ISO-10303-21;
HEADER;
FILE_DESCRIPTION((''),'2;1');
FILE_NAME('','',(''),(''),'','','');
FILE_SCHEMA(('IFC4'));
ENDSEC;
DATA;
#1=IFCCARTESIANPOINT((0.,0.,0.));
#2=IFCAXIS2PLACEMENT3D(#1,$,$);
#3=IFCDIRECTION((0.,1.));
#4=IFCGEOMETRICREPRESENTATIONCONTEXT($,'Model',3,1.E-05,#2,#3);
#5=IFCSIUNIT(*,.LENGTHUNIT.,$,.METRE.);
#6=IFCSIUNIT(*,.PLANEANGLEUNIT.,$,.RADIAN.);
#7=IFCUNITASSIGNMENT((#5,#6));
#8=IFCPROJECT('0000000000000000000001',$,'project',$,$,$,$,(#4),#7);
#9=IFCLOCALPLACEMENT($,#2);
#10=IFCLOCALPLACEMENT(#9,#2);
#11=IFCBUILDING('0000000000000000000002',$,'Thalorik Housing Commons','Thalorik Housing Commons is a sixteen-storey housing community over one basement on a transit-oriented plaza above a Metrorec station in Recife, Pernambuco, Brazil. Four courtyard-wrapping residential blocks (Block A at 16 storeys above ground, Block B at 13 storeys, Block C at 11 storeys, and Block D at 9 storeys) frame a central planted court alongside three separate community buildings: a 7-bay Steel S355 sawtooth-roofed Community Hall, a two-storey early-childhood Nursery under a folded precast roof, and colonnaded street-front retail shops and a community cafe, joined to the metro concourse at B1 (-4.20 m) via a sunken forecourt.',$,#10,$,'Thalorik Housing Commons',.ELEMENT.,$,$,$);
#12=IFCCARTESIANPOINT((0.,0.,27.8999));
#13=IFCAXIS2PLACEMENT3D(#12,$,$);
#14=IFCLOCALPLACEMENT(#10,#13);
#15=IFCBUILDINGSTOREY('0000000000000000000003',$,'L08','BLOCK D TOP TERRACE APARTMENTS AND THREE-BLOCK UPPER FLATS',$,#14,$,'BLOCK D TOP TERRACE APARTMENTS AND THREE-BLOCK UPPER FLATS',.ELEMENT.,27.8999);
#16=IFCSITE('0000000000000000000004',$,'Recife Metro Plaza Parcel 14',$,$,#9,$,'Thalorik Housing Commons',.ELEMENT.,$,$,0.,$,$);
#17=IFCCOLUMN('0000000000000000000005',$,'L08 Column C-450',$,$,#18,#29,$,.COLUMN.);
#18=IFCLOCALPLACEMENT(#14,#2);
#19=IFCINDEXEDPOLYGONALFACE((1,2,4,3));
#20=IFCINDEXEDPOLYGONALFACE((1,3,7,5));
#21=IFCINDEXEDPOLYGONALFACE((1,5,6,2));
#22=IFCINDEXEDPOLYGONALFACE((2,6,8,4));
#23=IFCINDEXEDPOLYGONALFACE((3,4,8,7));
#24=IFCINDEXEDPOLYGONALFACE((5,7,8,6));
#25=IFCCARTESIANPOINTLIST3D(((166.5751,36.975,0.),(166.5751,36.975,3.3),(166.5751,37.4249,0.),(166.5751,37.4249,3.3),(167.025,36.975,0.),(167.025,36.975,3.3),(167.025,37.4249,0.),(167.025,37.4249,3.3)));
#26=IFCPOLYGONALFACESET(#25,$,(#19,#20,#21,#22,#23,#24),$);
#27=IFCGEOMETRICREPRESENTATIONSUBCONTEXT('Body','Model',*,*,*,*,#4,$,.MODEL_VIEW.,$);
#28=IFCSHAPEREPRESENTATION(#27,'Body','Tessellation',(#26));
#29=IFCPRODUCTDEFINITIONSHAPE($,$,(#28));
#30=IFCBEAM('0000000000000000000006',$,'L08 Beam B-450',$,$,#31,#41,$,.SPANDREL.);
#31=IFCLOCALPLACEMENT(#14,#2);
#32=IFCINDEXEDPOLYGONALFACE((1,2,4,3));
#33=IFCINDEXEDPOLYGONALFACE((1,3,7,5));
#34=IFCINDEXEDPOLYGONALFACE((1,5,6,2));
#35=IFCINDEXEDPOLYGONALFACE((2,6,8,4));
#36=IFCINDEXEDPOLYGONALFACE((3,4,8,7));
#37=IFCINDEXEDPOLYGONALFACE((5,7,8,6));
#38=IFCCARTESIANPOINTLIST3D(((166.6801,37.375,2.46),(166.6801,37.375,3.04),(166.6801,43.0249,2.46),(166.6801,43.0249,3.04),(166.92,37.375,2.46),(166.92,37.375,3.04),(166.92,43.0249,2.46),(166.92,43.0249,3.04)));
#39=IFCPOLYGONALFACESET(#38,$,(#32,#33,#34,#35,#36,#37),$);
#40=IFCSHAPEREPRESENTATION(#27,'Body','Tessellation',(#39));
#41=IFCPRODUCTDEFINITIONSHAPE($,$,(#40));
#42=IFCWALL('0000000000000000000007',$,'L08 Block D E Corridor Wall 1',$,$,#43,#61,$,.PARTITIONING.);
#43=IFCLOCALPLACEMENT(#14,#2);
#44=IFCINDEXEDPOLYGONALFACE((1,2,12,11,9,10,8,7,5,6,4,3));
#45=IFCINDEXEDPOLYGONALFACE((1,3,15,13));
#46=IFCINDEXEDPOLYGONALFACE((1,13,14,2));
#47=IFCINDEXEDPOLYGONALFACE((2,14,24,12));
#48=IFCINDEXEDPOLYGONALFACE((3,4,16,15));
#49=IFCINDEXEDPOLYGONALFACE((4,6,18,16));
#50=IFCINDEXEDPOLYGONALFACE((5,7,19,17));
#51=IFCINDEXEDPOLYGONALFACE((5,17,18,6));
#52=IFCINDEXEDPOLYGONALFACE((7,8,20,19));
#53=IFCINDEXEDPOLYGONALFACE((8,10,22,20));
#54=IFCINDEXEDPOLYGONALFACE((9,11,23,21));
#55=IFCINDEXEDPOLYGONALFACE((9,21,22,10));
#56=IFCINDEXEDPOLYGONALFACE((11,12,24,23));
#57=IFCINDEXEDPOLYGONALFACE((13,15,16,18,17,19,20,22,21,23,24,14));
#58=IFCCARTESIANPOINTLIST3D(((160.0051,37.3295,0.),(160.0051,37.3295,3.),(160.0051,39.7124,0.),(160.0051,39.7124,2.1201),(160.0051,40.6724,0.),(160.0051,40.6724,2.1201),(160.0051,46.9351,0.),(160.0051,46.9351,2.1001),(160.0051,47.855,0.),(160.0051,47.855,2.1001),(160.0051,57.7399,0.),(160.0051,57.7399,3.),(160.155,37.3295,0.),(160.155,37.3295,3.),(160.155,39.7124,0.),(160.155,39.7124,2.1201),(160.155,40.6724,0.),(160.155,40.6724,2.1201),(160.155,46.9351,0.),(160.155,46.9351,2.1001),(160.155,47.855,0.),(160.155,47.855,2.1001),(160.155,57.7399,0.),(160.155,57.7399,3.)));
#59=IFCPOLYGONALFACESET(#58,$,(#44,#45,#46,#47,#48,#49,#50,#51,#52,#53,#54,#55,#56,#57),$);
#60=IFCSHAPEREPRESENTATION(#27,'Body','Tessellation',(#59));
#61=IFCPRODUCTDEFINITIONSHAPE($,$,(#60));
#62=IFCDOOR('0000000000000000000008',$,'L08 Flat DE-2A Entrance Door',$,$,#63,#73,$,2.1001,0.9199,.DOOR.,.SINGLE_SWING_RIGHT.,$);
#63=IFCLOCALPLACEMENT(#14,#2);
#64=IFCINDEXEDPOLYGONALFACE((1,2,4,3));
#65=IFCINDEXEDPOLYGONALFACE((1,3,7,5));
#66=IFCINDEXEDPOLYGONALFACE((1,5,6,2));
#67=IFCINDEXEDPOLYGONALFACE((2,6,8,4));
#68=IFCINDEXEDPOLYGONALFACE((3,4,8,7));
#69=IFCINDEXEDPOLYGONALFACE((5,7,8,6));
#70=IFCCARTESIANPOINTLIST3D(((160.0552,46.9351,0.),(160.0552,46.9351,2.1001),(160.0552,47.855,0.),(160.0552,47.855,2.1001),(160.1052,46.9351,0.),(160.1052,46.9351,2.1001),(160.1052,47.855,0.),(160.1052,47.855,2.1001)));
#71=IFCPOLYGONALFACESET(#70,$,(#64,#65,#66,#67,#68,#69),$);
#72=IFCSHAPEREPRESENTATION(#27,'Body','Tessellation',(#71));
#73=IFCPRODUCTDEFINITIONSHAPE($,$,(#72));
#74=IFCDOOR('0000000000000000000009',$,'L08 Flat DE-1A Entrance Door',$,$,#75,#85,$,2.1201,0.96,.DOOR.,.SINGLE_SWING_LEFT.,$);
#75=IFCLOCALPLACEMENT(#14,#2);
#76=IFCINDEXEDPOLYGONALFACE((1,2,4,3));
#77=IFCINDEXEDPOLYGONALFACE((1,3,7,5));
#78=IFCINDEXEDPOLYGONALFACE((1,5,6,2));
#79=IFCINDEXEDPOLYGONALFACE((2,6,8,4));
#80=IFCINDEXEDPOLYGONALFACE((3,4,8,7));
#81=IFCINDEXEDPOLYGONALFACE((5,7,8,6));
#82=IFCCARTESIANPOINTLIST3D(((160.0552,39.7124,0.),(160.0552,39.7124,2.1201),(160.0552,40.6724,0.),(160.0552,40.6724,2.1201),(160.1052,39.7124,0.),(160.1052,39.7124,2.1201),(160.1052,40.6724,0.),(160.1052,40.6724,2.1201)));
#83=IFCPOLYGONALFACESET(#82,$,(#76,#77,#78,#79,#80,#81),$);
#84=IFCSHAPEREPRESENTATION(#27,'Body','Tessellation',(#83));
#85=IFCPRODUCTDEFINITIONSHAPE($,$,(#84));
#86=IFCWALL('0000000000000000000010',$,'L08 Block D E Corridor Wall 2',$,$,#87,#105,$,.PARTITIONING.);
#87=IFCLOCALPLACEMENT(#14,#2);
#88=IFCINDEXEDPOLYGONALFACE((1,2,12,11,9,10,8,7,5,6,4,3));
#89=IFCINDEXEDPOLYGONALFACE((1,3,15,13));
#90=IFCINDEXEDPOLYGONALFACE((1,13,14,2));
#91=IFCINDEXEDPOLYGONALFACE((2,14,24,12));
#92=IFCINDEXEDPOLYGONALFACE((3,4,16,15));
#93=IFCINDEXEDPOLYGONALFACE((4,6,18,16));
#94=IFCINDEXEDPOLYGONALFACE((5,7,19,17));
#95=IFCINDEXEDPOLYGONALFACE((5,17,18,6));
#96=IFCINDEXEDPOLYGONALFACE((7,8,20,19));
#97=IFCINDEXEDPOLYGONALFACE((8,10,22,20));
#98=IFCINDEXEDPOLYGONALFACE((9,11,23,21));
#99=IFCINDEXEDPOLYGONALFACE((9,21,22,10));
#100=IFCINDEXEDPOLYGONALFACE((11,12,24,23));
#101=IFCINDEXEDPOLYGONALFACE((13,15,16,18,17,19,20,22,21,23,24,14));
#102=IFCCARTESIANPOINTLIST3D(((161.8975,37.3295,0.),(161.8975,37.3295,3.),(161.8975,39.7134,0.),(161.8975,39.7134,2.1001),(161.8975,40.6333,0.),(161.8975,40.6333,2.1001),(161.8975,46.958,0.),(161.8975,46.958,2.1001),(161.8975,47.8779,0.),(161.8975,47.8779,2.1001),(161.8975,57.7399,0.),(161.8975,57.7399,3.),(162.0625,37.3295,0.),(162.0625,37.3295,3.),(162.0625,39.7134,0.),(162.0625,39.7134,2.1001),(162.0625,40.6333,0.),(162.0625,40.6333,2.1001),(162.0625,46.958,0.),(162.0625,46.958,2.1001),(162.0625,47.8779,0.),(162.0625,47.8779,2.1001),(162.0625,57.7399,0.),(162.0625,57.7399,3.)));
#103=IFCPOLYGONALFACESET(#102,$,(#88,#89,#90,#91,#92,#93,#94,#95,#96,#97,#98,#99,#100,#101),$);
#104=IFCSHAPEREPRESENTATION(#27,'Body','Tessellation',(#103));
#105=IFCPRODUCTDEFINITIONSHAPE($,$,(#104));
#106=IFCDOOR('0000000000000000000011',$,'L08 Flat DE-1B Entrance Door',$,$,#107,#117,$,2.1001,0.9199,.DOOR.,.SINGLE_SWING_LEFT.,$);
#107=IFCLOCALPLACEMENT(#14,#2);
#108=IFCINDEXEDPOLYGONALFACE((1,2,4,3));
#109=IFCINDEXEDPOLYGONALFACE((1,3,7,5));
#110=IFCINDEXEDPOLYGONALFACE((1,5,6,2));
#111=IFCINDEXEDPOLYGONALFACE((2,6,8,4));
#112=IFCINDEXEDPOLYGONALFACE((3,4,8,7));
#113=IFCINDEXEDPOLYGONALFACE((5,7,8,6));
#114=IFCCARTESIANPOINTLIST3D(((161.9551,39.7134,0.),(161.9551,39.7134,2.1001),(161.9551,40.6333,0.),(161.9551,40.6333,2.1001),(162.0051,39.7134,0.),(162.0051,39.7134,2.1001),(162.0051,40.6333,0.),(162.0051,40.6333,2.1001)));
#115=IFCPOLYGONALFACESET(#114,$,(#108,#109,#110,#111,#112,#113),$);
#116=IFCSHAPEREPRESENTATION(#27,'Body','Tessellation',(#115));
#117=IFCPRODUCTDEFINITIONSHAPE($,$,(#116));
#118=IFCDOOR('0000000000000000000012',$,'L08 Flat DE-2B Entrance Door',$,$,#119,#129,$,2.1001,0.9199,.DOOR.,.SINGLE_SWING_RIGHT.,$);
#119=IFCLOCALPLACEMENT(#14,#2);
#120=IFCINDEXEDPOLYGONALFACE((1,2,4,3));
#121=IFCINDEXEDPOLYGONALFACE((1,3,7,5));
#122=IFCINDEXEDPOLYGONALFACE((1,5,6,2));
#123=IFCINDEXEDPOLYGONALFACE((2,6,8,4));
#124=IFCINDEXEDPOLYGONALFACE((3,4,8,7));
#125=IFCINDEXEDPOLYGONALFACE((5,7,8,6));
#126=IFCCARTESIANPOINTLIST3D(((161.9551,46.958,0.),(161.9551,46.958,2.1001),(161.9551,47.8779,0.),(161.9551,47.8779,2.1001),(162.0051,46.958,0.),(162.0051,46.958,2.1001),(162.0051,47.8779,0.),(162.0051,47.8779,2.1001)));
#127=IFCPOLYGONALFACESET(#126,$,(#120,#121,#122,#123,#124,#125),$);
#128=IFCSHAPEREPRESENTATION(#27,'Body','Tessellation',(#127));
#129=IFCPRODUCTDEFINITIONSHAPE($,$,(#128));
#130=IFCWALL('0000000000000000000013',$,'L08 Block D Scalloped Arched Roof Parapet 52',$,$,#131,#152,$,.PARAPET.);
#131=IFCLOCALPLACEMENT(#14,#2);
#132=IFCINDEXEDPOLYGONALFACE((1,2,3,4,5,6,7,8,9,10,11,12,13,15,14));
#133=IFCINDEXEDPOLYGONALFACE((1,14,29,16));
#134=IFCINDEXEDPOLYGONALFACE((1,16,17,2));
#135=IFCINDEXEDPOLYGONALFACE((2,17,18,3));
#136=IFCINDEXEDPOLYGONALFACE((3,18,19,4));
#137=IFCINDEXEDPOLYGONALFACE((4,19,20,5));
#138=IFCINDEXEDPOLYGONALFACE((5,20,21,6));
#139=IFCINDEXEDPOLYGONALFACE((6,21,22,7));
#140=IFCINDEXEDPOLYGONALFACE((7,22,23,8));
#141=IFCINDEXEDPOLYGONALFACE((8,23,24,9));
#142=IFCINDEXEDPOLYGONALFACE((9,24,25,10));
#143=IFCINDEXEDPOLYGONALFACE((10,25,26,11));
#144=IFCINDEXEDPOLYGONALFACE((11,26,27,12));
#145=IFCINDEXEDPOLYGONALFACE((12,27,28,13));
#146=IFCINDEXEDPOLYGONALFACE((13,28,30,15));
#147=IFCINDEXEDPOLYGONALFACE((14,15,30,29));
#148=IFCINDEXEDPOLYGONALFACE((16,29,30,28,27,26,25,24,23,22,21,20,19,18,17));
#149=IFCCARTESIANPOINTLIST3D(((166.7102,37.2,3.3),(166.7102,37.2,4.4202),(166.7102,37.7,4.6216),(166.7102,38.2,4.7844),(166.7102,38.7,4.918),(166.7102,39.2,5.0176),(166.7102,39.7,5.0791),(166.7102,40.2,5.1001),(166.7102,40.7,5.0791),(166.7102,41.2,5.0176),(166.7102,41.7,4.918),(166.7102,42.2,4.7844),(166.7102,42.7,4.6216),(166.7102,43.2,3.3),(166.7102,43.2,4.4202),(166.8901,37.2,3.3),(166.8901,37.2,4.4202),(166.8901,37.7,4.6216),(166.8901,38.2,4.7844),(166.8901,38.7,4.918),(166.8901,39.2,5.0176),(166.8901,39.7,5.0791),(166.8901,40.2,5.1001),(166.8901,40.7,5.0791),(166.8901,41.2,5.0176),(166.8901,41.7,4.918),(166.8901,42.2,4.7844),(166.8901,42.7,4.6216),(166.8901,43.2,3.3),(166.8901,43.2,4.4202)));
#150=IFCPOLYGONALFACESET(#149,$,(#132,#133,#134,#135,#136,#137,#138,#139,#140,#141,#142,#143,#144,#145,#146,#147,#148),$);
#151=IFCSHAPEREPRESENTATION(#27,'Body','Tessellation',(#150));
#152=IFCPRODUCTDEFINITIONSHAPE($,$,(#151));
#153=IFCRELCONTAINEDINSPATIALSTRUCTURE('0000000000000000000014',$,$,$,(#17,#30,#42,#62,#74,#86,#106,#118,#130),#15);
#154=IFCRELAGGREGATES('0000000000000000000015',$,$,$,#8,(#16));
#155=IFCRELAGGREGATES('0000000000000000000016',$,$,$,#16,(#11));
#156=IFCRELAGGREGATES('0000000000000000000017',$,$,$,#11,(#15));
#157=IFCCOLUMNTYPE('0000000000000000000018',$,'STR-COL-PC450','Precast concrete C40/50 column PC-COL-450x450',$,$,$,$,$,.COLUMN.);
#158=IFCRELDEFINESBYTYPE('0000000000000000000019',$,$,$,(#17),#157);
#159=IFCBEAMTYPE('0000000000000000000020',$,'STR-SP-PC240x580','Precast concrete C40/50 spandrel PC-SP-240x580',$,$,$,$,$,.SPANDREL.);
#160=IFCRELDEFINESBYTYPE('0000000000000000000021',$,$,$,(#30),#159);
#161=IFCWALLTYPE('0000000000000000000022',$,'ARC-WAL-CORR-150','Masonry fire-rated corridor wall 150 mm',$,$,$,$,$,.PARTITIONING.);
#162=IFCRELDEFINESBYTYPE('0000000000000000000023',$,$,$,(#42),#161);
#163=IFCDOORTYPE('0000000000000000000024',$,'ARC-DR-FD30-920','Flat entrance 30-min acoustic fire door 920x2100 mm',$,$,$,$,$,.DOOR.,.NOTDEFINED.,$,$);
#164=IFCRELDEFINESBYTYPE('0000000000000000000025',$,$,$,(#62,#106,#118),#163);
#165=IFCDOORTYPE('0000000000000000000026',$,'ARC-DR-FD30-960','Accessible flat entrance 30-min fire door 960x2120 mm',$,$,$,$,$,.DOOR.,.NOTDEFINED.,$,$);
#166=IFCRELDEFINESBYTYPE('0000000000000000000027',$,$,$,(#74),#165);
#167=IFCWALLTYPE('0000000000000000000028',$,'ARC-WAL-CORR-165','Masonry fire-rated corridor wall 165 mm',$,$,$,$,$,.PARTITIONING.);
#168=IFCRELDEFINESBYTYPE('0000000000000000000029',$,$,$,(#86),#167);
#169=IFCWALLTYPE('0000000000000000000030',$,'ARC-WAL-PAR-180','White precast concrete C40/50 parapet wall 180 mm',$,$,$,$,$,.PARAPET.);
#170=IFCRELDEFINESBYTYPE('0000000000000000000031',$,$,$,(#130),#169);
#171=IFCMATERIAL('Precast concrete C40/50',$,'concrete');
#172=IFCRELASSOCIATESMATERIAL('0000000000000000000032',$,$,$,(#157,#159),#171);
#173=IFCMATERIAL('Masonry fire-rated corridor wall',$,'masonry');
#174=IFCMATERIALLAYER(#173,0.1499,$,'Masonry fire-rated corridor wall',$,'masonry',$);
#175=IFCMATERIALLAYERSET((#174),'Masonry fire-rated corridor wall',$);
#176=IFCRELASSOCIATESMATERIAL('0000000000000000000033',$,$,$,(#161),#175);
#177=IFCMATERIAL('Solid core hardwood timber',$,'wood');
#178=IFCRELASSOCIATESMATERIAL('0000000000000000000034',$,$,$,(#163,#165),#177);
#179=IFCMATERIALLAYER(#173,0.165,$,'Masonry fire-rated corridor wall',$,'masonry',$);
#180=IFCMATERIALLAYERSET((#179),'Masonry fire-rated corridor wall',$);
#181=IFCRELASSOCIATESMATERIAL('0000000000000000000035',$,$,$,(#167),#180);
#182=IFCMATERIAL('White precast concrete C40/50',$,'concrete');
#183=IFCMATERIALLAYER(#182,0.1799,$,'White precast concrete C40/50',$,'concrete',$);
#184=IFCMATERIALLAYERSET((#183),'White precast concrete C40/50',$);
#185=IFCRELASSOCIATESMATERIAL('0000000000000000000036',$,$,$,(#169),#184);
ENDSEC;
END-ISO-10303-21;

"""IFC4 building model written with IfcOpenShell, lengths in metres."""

from ifc_helpers import new_model, si_unit, direction, frame, frame_2d, origin, origin_2d, place, context, subcontext, project, spatial, polyline, rectangle, outline, extrude, material, layer, layer_set, material_profile, profile_set, type_object, element, fill, save


model = new_model("IFC4")

# Units and contexts
model_context = context("Model", 3, precision=1e-05, world=origin(), true_north=direction((0.0, 1.0)))
body_context = subcontext(model_context, "Body", "Model", "MODEL_VIEW")
ifc_project = project(units=[si_unit("LENGTHUNIT", "METRE"), si_unit("PLANEANGLEUNIT", "RADIAN")], contexts=[model_context])

# Site, building, storey
site_placement = place(None, origin())
site = spatial("IfcSite", under=ifc_project, at=site_placement, Name="Recife Metro Plaza Parcel 14", LongName="Thalorik Housing Commons", CompositionType="ELEMENT", RefElevation=0.0)
building_placement = place(site_placement, origin())
building = spatial("IfcBuilding", under=site, at=building_placement, Name="Thalorik Housing Commons", Description="Thalorik Housing Commons is a sixteen-storey housing community over one basement on a transit-oriented plaza above a Metrorec station in Recife, Pernambuco, Brazil. Four courtyard-wrapping residential blocks (Block A at 16 storeys above ground, Block B at 13 storeys, Block C at 11 storeys, and Block D at 9 storeys) frame a central planted court alongside three separate community buildings: a 7-bay Steel S355 sawtooth-roofed Community Hall, a two-storey early-childhood Nursery under a folded precast roof, and colonnaded street-front retail shops and a community cafe, joined to the metro concourse at B1 (-4.20 m) via a sunken forecourt.", LongName="Thalorik Housing Commons", CompositionType="ELEMENT")
storey_placement = place(building_placement, frame((0.0, 0.0, 27.8999)))
storey = spatial("IfcBuildingStorey", under=building, at=storey_placement, Name="L08", Description="BLOCK D TOP TERRACE APARTMENTS AND THREE-BLOCK UPPER FLATS", LongName="BLOCK D TOP TERRACE APARTMENTS AND THREE-BLOCK UPPER FLATS", CompositionType="ELEMENT", Elevation=27.8999)

# Column
ifc_material_1 = material(Name="Precast concrete C40/50", Category="concrete")
ifc_material_profile_1 = material_profile(ifc_material_1, rectangle(XDim=0.45, YDim=0.45, at=origin_2d()), Name="PC 450x450", Category="concrete")
ifc_profile_set_1 = profile_set([ifc_material_profile_1], Name="Precast concrete C40/50")
column_type = type_object("IfcColumnType", Name="STR-COL-PC450", Description="Precast concrete C40/50 column PC-COL-450x450", PredefinedType="COLUMN", material=ifc_profile_set_1)
column_placement = place(storey_placement, frame((166.8, 37.2, 0.0), z_axis=(0.0, 0.0, 1.0), x_axis=(1.0, 0.0, 0.0)))
element("IfcColumn", 1, at=column_placement, inside=storey, type_object=column_type, Name="L08 Column C-450", PredefinedType="COLUMN", context=body_context, shape_type="SweptSolid", body=[
    extrude(rectangle(XDim=0.45, YDim=0.45, at=origin_2d()), origin(), (0.0, 0.0, 1.0), 3.3),
])

# Beam
ifc_material_profile_2 = material_profile(ifc_material_1, rectangle(XDim=0.24, YDim=0.5801, at=origin_2d()), Name="PC SP 240x580", Category="concrete")
ifc_profile_set_2 = profile_set([ifc_material_profile_2], Name="Precast concrete C40/50")
beam_type = type_object("IfcBeamType", Name="STR-SP-PC240x580", Description="Precast concrete C40/50 spandrel PC-SP-240x580", PredefinedType="SPANDREL", material=ifc_profile_set_2)
beam_placement = place(storey_placement, frame((166.8, 37.375, 2.75), z_axis=(0.0, 1.0, 0.0), x_axis=(-1.0, 0.0, 0.0)))
element("IfcBeam", 2, at=beam_placement, inside=storey, type_object=beam_type, Name="L08 Beam B-450", PredefinedType="SPANDREL", context=body_context, shape_type="SweptSolid", body=[
    extrude(rectangle(XDim=0.24, YDim=0.5801, at=origin_2d()), origin(), (0.0, 0.0, 1.0), 5.6499),
])

# Walls, openings, doors
ifc_material_2 = material(Name="Masonry fire-rated corridor wall", Category="masonry")
ifc_layer_1 = layer(ifc_material_2, 0.1499, Name="Masonry fire-rated corridor wall", Category="masonry")
ifc_layer_set_1 = layer_set([ifc_layer_1], Name="Masonry fire-rated corridor wall")
wall_type_1 = type_object("IfcWallType", Name="ARC-WAL-CORR-150", Description="Masonry fire-rated corridor wall 150 mm", PredefinedType="PARTITIONING", material=ifc_layer_set_1)
wall_1_placement = place(storey_placement, frame((160.0801, 37.3296, 0.0), z_axis=(0.0, 0.0, 1.0), x_axis=(0.0, 1.0, 0.0)))
wall_1 = element("IfcWall", 3, at=wall_1_placement, inside=storey, type_object=wall_type_1, Name="L08 Block D E Corridor Wall 1", PredefinedType="PARTITIONING", context=body_context, shape_type="SweptSolid", body=[
    extrude(rectangle(XDim=20.4104, YDim=0.1499, at=frame_2d((10.2051, 0.0))), origin(), (0.0, 0.0, 1.0), 3.0),
])
opening_1_placement = place(wall_1_placement, frame((2.3828, 0.0, 0.0)))
opening_1 = element("IfcOpeningElement", 4, at=opening_1_placement, cuts=wall_1, PredefinedType="OPENING", context=body_context, shape_type="SweptSolid", body=[
    extrude(rectangle(XDim=0.96, YDim=2.1201, at=frame_2d((0.48, 1.0601))), frame((0.0, 0.085, 0.0), z_axis=(0.0, -1.0, 0.0), x_axis=(1.0, 0.0, 0.0)), (0.0, 0.0, 1.0), 0.1699),
])
opening_2_placement = place(wall_1_placement, frame((9.6055, 0.0, 0.0)))
opening_2 = element("IfcOpeningElement", 5, at=opening_2_placement, cuts=wall_1, PredefinedType="OPENING", context=body_context, shape_type="SweptSolid", body=[
    extrude(rectangle(XDim=0.9199, YDim=2.1001, at=frame_2d((0.46, 1.05))), frame((0.0, 0.085, 0.0), z_axis=(0.0, -1.0, 0.0), x_axis=(1.0, 0.0, 0.0)), (0.0, 0.0, 1.0), 0.1699),
])
ifc_material_3 = material(Name="Solid core hardwood timber", Category="wood")
door_type_1 = type_object("IfcDoorType", Name="ARC-DR-FD30-920", Description="Flat entrance 30-min acoustic fire door 920x2100 mm", OperationType="NOTDEFINED", PredefinedType="DOOR", material=ifc_material_3)
door_1_placement = place(opening_2_placement, origin())
door_1 = element("IfcDoor", 6, at=door_1_placement, inside=storey, type_object=door_type_1, Name="L08 Flat DE-2A Entrance Door", OperationType="SINGLE_SWING_RIGHT", OverallHeight=2.1001, OverallWidth=0.9199, PredefinedType="DOOR", context=body_context, shape_type="SweptSolid", body=[
    extrude(rectangle(XDim=0.9199, YDim=2.1001, at=frame_2d((0.46, 1.05))), frame((0.0, 0.0249, 0.0), z_axis=(0.0, -1.0, 0.0), x_axis=(1.0, 0.0, 0.0)), (0.0, 0.0, 1.0), 0.05),
])
fill(opening_2, door_1)
door_type_2 = type_object("IfcDoorType", Name="ARC-DR-FD30-960", Description="Accessible flat entrance 30-min fire door 960x2120 mm", OperationType="NOTDEFINED", PredefinedType="DOOR", material=ifc_material_3)
door_2_placement = place(opening_1_placement, origin())
door_2 = element("IfcDoor", 7, at=door_2_placement, inside=storey, type_object=door_type_2, Name="L08 Flat DE-1A Entrance Door", OperationType="SINGLE_SWING_LEFT", OverallHeight=2.1201, OverallWidth=0.96, PredefinedType="DOOR", context=body_context, shape_type="SweptSolid", body=[
    extrude(rectangle(XDim=0.96, YDim=2.1201, at=frame_2d((0.48, 1.0601))), frame((0.0, 0.0249, 0.0), z_axis=(0.0, -1.0, 0.0), x_axis=(1.0, 0.0, 0.0)), (0.0, 0.0, 1.0), 0.05),
])
fill(opening_1, door_2)
ifc_layer_2 = layer(ifc_material_2, 0.165, Name="Masonry fire-rated corridor wall", Category="masonry")
ifc_layer_set_2 = layer_set([ifc_layer_2], Name="Masonry fire-rated corridor wall")
wall_type_2 = type_object("IfcWallType", Name="ARC-WAL-CORR-165", Description="Masonry fire-rated corridor wall 165 mm", PredefinedType="PARTITIONING", material=ifc_layer_set_2)
wall_2_placement = place(storey_placement, frame((161.98, 37.3296, 0.0), z_axis=(0.0, 0.0, 1.0), x_axis=(0.0, 1.0, 0.0)))
wall_2 = element("IfcWall", 8, at=wall_2_placement, inside=storey, type_object=wall_type_2, Name="L08 Block D E Corridor Wall 2", PredefinedType="PARTITIONING", context=body_context, shape_type="SweptSolid", body=[
    extrude(rectangle(XDim=20.4104, YDim=0.165, at=frame_2d((10.2051, 0.0))), origin(), (0.0, 0.0, 1.0), 3.0),
])
opening_3_placement = place(wall_2_placement, frame((2.3838, 0.0, 0.0)))
opening_3 = element("IfcOpeningElement", 9, at=opening_3_placement, cuts=wall_2, PredefinedType="OPENING", context=body_context, shape_type="SweptSolid", body=[
    extrude(rectangle(XDim=0.9199, YDim=2.1001, at=frame_2d((0.46, 1.05))), frame((0.0, 0.0925, 0.0), z_axis=(0.0, -1.0, 0.0), x_axis=(1.0, 0.0, 0.0)), (0.0, 0.0, 1.0), 0.1851),
])
opening_4_placement = place(wall_2_placement, frame((9.6284, 0.0, 0.0)))
opening_4 = element("IfcOpeningElement", 10, at=opening_4_placement, cuts=wall_2, PredefinedType="OPENING", context=body_context, shape_type="SweptSolid", body=[
    extrude(rectangle(XDim=0.9199, YDim=2.1001, at=frame_2d((0.46, 1.05))), frame((0.0, 0.0925, 0.0), z_axis=(0.0, -1.0, 0.0), x_axis=(1.0, 0.0, 0.0)), (0.0, 0.0, 1.0), 0.1851),
])
door_3_placement = place(opening_3_placement, origin())
door_3 = element("IfcDoor", 11, at=door_3_placement, inside=storey, type_object=door_type_1, Name="L08 Flat DE-1B Entrance Door", OperationType="SINGLE_SWING_LEFT", OverallHeight=2.1001, OverallWidth=0.9199, PredefinedType="DOOR", context=body_context, shape_type="SweptSolid", body=[
    extrude(rectangle(XDim=0.9199, YDim=2.1001, at=frame_2d((0.46, 1.05))), frame((0.0, 0.0249, 0.0), z_axis=(0.0, -1.0, 0.0), x_axis=(1.0, 0.0, 0.0)), (0.0, 0.0, 1.0), 0.05),
])
fill(opening_3, door_3)
door_4_placement = place(opening_4_placement, origin())
door_4 = element("IfcDoor", 12, at=door_4_placement, inside=storey, type_object=door_type_1, Name="L08 Flat DE-2B Entrance Door", OperationType="SINGLE_SWING_RIGHT", OverallHeight=2.1001, OverallWidth=0.9199, PredefinedType="DOOR", context=body_context, shape_type="SweptSolid", body=[
    extrude(rectangle(XDim=0.9199, YDim=2.1001, at=frame_2d((0.46, 1.05))), frame((0.0, 0.0249, 0.0), z_axis=(0.0, -1.0, 0.0), x_axis=(1.0, 0.0, 0.0)), (0.0, 0.0, 1.0), 0.05),
])
fill(opening_4, door_4)

# Shared definitions
ifc_material_4 = material(Name="White precast concrete C40/50", Category="concrete")

# Wall
ifc_layer_3 = layer(ifc_material_4, 0.1799, Name="White precast concrete C40/50", Category="concrete")
ifc_layer_set_3 = layer_set([ifc_layer_3], Name="White precast concrete C40/50")
wall_type_3 = type_object("IfcWallType", Name="ARC-WAL-PAR-180", Description="White precast concrete C40/50 parapet wall 180 mm", PredefinedType="PARAPET", material=ifc_layer_set_3)
wall_3_placement = place(storey_placement, frame((166.8, 37.2, 3.3), z_axis=(0.0, 0.0, 1.0), x_axis=(0.0, 1.0, 0.0)))
element("IfcWall", 13, at=wall_3_placement, inside=storey, type_object=wall_type_3, Name="L08 Block D Scalloped Arched Roof Parapet 52", PredefinedType="PARAPET", context=body_context, shape_type="SweptSolid", body=[
    extrude(outline(polyline([(0.0, 0.0), (6.0, 0.0), (6.0, 1.1201), (5.5, 1.3215), (5.0, 1.4844), (4.5, 1.6179), (4.0, 1.7175), (3.5, 1.7791), (3.0, 1.8), (2.5, 1.7791), (2.0, 1.7175), (1.5, 1.6179), (1.0, 1.4844), (0.5, 1.3215), (0.0, 1.1201), (0.0, 0.0)])), frame((0.0, 0.0898, 0.0), z_axis=(0.0, -1.0, 0.0), x_axis=(1.0, 0.0, 0.0)), (0.0, 0.0, 1.0), 0.1799),
])

save(model, "model.ifc")
